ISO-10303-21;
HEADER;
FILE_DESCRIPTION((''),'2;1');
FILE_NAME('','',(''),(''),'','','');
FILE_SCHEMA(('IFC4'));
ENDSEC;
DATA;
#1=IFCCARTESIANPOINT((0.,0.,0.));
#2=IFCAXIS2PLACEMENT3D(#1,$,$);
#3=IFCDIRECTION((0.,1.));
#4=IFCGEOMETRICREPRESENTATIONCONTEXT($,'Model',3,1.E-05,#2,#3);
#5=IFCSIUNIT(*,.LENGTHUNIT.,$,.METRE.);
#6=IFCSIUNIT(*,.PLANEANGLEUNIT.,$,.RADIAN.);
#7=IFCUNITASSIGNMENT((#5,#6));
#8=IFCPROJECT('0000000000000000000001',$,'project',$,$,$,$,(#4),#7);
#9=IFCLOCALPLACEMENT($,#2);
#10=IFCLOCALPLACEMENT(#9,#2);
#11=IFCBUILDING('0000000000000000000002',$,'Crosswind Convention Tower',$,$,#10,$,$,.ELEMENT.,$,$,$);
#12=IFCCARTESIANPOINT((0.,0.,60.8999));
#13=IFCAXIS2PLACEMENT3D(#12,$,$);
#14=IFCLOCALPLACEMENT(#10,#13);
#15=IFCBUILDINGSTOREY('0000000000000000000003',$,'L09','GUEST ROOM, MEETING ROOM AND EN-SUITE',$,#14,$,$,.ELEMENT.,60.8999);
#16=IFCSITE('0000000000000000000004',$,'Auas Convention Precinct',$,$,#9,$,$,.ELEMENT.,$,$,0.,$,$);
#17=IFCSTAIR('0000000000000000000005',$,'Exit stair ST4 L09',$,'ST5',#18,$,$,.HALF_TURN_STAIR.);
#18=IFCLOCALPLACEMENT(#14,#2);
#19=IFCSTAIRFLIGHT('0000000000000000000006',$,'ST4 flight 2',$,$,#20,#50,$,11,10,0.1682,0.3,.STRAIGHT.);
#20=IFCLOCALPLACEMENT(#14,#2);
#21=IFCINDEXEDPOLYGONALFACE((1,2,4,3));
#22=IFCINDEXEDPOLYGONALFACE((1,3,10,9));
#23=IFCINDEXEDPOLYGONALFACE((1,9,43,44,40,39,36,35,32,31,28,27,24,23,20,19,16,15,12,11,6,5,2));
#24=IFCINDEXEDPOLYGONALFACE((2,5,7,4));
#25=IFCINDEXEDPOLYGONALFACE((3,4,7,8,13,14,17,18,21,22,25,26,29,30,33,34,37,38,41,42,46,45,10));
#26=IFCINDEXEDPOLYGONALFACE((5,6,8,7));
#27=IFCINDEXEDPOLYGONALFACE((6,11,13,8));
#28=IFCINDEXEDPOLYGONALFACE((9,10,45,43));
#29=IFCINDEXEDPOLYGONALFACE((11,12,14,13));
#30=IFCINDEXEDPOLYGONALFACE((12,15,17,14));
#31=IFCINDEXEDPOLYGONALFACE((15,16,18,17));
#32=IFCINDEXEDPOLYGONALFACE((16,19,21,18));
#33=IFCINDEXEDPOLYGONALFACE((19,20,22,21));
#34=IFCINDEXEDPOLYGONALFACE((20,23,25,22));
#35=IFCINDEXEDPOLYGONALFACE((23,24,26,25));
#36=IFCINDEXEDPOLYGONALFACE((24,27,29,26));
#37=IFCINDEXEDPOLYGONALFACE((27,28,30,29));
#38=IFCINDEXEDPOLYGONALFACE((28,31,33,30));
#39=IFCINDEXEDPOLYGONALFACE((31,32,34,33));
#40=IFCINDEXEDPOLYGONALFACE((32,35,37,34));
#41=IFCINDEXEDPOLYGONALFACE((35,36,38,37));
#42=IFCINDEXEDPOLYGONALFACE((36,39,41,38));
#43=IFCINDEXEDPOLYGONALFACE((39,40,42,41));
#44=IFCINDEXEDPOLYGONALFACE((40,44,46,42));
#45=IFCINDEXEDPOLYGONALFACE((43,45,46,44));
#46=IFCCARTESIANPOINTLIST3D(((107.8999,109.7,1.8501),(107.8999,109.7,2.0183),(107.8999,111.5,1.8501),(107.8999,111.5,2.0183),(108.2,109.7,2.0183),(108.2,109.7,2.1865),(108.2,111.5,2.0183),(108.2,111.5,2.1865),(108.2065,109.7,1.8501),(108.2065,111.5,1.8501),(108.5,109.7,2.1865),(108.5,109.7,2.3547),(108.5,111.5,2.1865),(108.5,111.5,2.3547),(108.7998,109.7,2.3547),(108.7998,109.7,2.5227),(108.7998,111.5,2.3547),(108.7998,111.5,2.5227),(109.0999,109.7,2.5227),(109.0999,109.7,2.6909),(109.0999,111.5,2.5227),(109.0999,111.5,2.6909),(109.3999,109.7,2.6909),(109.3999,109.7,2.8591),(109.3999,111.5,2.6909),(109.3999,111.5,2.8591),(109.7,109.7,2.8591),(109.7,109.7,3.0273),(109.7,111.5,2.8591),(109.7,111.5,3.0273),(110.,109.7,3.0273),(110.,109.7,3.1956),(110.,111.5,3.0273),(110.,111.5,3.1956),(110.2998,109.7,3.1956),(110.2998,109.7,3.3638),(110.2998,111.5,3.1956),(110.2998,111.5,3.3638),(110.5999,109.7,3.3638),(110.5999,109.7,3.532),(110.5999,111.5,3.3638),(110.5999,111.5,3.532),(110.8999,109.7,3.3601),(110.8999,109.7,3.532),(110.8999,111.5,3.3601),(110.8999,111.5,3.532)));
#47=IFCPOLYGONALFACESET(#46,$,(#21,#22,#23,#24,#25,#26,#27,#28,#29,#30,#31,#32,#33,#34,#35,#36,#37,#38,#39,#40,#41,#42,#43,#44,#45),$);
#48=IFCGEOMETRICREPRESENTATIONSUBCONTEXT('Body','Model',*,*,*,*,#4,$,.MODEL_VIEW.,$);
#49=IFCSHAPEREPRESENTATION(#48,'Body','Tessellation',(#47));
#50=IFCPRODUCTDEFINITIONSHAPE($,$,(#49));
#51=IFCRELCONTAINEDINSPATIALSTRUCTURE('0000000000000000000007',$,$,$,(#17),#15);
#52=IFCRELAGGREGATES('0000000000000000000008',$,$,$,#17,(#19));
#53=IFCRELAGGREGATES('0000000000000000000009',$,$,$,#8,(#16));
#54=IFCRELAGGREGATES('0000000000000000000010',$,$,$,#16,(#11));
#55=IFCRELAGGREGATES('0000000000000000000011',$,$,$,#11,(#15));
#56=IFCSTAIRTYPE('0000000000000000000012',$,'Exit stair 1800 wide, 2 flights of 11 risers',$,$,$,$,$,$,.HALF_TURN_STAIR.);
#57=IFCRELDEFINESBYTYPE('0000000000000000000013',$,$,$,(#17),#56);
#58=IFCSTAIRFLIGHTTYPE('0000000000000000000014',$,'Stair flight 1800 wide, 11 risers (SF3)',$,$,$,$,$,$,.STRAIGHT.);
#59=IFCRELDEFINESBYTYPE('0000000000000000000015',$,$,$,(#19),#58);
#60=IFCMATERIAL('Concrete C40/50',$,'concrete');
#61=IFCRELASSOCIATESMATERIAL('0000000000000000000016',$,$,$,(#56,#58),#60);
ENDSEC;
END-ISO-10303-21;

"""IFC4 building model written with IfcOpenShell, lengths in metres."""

from ifc_helpers import new_model, si_unit, direction, frame, origin, place, context, subcontext, project, spatial, polyline, outline, extrude, material, type_object, element, aggregate, save


model = new_model("IFC4")

# Units and contexts
model_context = context("Model", 3, precision=1e-05, world=origin(), true_north=direction((0.0, 1.0)))
body_context = subcontext(model_context, "Body", "Model", "MODEL_VIEW")
ifc_project = project(units=[si_unit("LENGTHUNIT", "METRE"), si_unit("PLANEANGLEUNIT", "RADIAN")], contexts=[model_context])

# Site, building, storey
site_placement = place(None, origin())
site = spatial("IfcSite", under=ifc_project, at=site_placement, Name="Auas Convention Precinct", CompositionType="ELEMENT", RefElevation=0.0)
building_placement = place(site_placement, origin())
building = spatial("IfcBuilding", under=site, at=building_placement, Name="Crosswind Convention Tower", CompositionType="ELEMENT")
storey_placement = place(building_placement, frame((0.0, 0.0, 60.8999)))
storey = spatial("IfcBuildingStorey", under=building, at=storey_placement, Name="L09", Description="GUEST ROOM, MEETING ROOM AND EN-SUITE", CompositionType="ELEMENT", Elevation=60.8999)

# Stair, stair flight
ifc_material_1 = material(Name="Concrete C40/50", Category="concrete")
stair_type = type_object("IfcStairType", Name="Exit stair 1800 wide, 2 flights of 11 risers", PredefinedType="HALF_TURN_STAIR", material=ifc_material_1)
stair_placement = place(storey_placement, origin())
stair = element("IfcStair", 1, at=stair_placement, inside=storey, type_object=stair_type, Name="Exit stair ST4 L09", ObjectType="ST5", PredefinedType="HALF_TURN_STAIR")
stair_flight_type = type_object("IfcStairFlightType", Name="Stair flight 1800 wide, 11 risers (SF3)", PredefinedType="STRAIGHT", material=ifc_material_1)
stair_flight_1_placement = place(storey_placement, frame((107.8999, 110.6001, 1.8501), z_axis=(0.0, 0.0, 1.0), x_axis=(1.0, 0.0, 0.0)))
stair_flight_1 = element("IfcStairFlight", 2, at=stair_flight_1_placement, type_object=stair_flight_type, Name="ST4 flight 2", NumberOfRisers=11, NumberOfTreads=10, PredefinedType="STRAIGHT", RiserHeight=0.1682, TreadLength=0.3, context=body_context, shape_type="SweptSolid", body=[
    extrude(outline(polyline([(0.0, 0.0), (0.0, 0.1682), (0.3, 0.1682), (0.3, 0.3364), (0.6001, 0.3364), (0.6001, 0.5046), (0.8999, 0.5046), (0.8999, 0.6726), (1.2, 0.6726), (1.2, 0.8408), (1.5, 0.8408), (1.5, 1.009), (1.8, 1.009), (1.8, 1.1772), (2.1001, 1.1772), (2.1001, 1.3455), (2.3999, 1.3455), (2.3999, 1.5137), (2.7, 1.5137), (2.7, 1.6819), (3.0, 1.6819), (3.0, 1.8501), (3.0, 1.51), (0.3066, 0.0), (0.0, 0.0)])), frame((0.0, 0.8999, 0.0), z_axis=(0.0, -1.0, 0.0), x_axis=(1.0, 0.0, 0.0)), (0.0, 0.0, 1.0), 1.8),
])
aggregate(stair, [stair_flight_1])

save(model, "model.ifc")
